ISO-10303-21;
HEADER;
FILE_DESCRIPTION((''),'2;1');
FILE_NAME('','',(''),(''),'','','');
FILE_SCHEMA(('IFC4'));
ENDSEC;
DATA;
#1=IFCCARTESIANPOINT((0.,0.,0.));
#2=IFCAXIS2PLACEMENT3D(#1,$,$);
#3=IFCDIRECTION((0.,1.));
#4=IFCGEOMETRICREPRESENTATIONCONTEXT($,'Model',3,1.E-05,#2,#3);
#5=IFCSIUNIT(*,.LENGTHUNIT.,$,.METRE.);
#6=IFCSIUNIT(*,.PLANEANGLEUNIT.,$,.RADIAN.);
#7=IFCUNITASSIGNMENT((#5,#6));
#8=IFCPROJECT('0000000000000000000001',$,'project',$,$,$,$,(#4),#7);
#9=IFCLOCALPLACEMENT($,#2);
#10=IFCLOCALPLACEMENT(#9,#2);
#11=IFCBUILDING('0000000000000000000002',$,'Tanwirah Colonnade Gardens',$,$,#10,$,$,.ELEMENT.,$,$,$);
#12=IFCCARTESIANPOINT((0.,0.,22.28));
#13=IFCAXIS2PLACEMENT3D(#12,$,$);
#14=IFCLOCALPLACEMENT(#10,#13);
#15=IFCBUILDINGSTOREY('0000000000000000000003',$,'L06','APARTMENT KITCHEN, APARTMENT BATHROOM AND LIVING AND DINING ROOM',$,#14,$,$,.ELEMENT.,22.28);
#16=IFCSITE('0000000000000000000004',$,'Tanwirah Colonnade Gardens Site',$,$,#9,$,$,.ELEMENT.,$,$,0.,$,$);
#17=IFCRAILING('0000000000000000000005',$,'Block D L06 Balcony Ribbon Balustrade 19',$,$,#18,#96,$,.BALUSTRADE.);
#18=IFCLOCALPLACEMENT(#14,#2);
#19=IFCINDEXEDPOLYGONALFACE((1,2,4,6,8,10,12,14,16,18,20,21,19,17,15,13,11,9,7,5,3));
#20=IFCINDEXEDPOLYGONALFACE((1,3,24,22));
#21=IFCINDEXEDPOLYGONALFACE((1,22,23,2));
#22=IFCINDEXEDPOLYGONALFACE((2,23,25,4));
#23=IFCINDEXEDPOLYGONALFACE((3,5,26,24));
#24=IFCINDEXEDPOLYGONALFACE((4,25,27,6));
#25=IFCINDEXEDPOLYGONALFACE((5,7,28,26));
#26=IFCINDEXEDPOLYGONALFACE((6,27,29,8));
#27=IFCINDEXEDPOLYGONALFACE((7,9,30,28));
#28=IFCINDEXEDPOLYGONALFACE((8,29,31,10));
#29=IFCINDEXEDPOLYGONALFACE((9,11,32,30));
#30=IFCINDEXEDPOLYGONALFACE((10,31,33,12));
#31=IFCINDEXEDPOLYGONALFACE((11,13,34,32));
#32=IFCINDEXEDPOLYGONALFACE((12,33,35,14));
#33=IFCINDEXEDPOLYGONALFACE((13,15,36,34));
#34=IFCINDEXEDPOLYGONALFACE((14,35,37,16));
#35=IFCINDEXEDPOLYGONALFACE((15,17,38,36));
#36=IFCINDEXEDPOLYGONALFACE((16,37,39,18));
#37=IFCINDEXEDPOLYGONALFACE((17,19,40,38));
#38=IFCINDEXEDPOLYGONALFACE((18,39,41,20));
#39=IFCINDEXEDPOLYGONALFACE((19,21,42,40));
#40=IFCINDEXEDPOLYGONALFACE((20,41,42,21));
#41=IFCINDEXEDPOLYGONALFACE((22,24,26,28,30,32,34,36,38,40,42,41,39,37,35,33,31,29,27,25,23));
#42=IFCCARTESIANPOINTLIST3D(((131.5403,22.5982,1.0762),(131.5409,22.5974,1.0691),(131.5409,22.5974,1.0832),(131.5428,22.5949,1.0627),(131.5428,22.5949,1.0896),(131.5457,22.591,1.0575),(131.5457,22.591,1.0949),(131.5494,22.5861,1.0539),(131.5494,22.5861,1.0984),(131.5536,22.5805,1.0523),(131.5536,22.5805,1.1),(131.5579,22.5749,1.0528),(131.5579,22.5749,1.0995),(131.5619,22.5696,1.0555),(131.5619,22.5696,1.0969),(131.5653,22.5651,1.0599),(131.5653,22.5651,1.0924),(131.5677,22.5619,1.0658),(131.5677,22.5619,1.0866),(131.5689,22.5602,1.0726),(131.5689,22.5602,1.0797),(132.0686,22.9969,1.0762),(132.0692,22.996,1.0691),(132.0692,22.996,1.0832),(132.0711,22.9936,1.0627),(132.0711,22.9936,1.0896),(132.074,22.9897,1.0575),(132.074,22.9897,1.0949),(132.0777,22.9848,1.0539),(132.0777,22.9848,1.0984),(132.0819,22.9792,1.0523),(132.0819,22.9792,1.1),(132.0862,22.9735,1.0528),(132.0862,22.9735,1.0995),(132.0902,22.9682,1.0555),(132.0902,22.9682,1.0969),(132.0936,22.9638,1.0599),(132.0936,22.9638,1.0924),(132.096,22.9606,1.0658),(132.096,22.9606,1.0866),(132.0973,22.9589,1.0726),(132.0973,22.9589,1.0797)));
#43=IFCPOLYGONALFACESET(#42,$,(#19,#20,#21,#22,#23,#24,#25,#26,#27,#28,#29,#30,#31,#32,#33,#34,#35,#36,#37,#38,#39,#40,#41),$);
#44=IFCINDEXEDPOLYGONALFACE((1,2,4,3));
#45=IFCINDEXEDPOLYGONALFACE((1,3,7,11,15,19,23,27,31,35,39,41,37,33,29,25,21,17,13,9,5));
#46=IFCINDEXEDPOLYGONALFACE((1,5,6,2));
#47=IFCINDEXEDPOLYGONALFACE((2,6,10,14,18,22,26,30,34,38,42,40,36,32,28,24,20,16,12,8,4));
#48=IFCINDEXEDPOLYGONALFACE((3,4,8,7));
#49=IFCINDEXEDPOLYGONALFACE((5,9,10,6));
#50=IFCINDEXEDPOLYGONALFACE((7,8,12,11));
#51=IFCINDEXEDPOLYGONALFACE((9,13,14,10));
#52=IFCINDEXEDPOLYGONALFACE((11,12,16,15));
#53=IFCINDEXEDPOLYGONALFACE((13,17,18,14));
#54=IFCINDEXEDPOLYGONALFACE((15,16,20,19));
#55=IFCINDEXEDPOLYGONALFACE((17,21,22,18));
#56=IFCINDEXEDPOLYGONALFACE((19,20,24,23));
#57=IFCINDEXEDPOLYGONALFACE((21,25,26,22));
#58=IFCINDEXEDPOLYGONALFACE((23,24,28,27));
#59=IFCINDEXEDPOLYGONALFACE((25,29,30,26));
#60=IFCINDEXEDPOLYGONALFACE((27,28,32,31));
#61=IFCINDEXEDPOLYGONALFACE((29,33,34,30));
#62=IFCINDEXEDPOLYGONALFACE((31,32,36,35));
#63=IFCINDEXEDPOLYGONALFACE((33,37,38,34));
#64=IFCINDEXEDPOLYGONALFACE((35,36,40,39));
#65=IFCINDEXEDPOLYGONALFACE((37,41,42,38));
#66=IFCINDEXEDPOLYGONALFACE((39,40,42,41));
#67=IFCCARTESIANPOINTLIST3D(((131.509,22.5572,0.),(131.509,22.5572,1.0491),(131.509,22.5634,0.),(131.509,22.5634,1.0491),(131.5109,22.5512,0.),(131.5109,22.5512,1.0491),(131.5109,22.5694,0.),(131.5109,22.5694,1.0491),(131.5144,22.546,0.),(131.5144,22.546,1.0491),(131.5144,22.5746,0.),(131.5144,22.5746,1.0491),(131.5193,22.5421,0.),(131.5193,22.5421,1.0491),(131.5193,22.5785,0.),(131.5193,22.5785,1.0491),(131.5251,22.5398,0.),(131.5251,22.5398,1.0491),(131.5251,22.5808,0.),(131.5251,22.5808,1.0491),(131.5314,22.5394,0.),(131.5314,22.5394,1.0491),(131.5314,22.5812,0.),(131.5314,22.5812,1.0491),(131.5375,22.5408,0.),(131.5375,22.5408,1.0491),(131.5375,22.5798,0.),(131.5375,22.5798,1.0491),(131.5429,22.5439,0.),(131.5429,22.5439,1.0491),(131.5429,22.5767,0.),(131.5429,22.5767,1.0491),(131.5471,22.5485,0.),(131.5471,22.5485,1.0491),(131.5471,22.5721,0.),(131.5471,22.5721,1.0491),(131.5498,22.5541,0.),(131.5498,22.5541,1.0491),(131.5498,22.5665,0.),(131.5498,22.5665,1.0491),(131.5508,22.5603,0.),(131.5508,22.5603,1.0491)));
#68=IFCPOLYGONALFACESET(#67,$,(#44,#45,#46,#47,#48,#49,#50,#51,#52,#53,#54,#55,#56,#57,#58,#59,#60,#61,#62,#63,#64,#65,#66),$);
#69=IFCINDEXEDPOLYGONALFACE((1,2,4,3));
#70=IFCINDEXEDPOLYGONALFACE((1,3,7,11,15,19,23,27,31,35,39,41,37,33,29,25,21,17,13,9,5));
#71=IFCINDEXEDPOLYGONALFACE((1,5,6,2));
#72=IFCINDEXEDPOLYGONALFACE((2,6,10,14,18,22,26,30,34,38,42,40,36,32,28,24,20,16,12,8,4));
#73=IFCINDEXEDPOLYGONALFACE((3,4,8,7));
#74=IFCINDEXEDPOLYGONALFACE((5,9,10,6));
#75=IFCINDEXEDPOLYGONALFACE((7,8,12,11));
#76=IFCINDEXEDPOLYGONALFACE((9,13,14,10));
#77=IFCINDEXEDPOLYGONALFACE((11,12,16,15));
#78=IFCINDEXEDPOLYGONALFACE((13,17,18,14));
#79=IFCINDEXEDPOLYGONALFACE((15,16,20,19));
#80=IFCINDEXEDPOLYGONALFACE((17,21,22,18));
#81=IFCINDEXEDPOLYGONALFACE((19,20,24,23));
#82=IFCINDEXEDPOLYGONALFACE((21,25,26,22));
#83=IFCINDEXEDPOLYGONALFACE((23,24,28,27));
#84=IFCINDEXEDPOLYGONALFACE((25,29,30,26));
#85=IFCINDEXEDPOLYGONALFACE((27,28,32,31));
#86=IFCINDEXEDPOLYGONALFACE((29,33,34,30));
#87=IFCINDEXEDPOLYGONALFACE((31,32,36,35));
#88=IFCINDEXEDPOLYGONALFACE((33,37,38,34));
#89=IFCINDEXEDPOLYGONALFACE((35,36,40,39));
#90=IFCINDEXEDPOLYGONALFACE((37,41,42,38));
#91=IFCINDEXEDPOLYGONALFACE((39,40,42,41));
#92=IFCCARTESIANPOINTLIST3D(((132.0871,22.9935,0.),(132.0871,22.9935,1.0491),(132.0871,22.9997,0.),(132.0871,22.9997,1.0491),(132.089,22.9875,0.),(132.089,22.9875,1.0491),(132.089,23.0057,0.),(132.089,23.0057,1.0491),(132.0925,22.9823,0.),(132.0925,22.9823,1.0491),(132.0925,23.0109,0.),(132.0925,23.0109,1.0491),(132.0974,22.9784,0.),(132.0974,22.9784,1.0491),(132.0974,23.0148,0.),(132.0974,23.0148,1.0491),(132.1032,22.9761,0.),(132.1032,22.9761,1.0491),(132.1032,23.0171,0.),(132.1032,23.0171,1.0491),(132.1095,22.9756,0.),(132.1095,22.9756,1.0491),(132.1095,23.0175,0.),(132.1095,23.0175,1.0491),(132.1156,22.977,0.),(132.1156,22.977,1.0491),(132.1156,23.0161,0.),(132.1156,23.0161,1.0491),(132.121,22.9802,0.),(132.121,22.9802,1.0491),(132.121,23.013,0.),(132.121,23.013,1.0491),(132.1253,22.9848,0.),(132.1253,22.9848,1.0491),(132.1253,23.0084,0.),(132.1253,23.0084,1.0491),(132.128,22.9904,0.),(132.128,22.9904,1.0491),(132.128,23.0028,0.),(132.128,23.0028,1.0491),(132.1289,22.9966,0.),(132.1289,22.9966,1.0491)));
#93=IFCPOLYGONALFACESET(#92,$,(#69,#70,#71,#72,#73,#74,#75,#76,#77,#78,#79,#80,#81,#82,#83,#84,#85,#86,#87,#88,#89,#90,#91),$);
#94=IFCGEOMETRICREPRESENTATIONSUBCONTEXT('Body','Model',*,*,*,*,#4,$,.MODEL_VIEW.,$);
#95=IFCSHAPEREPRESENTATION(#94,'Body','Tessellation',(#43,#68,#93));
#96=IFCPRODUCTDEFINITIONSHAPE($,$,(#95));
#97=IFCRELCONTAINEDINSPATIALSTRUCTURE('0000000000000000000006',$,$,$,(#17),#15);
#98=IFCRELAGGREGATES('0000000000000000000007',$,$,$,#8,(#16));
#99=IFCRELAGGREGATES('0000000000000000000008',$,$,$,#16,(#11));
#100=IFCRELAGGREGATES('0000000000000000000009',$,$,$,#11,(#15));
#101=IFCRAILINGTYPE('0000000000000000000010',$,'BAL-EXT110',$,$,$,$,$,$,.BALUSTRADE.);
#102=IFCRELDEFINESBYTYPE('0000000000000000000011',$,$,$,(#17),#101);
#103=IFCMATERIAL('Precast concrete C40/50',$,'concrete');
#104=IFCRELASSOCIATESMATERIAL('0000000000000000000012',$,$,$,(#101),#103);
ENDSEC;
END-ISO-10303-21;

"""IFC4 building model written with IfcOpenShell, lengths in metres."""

from ifc_helpers import new_model, si_unit, direction, frame, origin, origin_2d, place, context, subcontext, project, spatial, circle, extrude, material, type_object, element, save


model = new_model("IFC4")

# Units and contexts
model_context = context("Model", 3, precision=1e-05, world=origin(), true_north=direction((0.0, 1.0)))
body_context = subcontext(model_context, "Body", "Model", "MODEL_VIEW")
ifc_project = project(units=[si_unit("LENGTHUNIT", "METRE"), si_unit("PLANEANGLEUNIT", "RADIAN")], contexts=[model_context])

# Site, building, storey
site_placement = place(None, origin())
site = spatial("IfcSite", under=ifc_project, at=site_placement, Name="Tanwirah Colonnade Gardens Site", CompositionType="ELEMENT", RefElevation=0.0)
building_placement = place(site_placement, origin())
building = spatial("IfcBuilding", under=site, at=building_placement, Name="Tanwirah Colonnade Gardens", CompositionType="ELEMENT")
storey_placement = place(building_placement, frame((0.0, 0.0, 22.28)))
storey = spatial("IfcBuildingStorey", under=building, at=storey_placement, Name="L06", Description="APARTMENT KITCHEN, APARTMENT BATHROOM AND LIVING AND DINING ROOM", CompositionType="ELEMENT", Elevation=22.28)

# Shared definitions
ifc_material_1 = material(Name="Precast concrete C40/50", Category="concrete")

# Railing
railing_type = type_object("IfcRailingType", Name="BAL-EXT110", PredefinedType="BALUSTRADE", material=ifc_material_1)
railing_1_placement = place(storey_placement, frame((131.5298, 22.5603, 0.0)))
element("IfcRailing", 1, at=railing_1_placement, inside=storey, type_object=railing_type, Name="Block D L06 Balcony Ribbon Balustrade 19", PredefinedType="BALUSTRADE", context=body_context, shape_type="SweptSolid", body=[
    extrude(circle(Radius=0.0239, at=origin_2d()), frame((0.0249, 0.0188, 1.0762), z_axis=(0.798217, 0.60237, 0.0), x_axis=(-0.60237, 0.798217, 0.0)), (0.0, 0.0, 1.0), 0.6619),
    extrude(circle(Radius=0.021, at=origin_2d()), origin(), (0.0, 0.0, 1.0), 1.0491),
    extrude(circle(Radius=0.021, at=origin_2d()), frame((0.5781, 0.4363, 0.0)), (0.0, 0.0, 1.0), 1.0491),
])

save(model, "model.ifc")
